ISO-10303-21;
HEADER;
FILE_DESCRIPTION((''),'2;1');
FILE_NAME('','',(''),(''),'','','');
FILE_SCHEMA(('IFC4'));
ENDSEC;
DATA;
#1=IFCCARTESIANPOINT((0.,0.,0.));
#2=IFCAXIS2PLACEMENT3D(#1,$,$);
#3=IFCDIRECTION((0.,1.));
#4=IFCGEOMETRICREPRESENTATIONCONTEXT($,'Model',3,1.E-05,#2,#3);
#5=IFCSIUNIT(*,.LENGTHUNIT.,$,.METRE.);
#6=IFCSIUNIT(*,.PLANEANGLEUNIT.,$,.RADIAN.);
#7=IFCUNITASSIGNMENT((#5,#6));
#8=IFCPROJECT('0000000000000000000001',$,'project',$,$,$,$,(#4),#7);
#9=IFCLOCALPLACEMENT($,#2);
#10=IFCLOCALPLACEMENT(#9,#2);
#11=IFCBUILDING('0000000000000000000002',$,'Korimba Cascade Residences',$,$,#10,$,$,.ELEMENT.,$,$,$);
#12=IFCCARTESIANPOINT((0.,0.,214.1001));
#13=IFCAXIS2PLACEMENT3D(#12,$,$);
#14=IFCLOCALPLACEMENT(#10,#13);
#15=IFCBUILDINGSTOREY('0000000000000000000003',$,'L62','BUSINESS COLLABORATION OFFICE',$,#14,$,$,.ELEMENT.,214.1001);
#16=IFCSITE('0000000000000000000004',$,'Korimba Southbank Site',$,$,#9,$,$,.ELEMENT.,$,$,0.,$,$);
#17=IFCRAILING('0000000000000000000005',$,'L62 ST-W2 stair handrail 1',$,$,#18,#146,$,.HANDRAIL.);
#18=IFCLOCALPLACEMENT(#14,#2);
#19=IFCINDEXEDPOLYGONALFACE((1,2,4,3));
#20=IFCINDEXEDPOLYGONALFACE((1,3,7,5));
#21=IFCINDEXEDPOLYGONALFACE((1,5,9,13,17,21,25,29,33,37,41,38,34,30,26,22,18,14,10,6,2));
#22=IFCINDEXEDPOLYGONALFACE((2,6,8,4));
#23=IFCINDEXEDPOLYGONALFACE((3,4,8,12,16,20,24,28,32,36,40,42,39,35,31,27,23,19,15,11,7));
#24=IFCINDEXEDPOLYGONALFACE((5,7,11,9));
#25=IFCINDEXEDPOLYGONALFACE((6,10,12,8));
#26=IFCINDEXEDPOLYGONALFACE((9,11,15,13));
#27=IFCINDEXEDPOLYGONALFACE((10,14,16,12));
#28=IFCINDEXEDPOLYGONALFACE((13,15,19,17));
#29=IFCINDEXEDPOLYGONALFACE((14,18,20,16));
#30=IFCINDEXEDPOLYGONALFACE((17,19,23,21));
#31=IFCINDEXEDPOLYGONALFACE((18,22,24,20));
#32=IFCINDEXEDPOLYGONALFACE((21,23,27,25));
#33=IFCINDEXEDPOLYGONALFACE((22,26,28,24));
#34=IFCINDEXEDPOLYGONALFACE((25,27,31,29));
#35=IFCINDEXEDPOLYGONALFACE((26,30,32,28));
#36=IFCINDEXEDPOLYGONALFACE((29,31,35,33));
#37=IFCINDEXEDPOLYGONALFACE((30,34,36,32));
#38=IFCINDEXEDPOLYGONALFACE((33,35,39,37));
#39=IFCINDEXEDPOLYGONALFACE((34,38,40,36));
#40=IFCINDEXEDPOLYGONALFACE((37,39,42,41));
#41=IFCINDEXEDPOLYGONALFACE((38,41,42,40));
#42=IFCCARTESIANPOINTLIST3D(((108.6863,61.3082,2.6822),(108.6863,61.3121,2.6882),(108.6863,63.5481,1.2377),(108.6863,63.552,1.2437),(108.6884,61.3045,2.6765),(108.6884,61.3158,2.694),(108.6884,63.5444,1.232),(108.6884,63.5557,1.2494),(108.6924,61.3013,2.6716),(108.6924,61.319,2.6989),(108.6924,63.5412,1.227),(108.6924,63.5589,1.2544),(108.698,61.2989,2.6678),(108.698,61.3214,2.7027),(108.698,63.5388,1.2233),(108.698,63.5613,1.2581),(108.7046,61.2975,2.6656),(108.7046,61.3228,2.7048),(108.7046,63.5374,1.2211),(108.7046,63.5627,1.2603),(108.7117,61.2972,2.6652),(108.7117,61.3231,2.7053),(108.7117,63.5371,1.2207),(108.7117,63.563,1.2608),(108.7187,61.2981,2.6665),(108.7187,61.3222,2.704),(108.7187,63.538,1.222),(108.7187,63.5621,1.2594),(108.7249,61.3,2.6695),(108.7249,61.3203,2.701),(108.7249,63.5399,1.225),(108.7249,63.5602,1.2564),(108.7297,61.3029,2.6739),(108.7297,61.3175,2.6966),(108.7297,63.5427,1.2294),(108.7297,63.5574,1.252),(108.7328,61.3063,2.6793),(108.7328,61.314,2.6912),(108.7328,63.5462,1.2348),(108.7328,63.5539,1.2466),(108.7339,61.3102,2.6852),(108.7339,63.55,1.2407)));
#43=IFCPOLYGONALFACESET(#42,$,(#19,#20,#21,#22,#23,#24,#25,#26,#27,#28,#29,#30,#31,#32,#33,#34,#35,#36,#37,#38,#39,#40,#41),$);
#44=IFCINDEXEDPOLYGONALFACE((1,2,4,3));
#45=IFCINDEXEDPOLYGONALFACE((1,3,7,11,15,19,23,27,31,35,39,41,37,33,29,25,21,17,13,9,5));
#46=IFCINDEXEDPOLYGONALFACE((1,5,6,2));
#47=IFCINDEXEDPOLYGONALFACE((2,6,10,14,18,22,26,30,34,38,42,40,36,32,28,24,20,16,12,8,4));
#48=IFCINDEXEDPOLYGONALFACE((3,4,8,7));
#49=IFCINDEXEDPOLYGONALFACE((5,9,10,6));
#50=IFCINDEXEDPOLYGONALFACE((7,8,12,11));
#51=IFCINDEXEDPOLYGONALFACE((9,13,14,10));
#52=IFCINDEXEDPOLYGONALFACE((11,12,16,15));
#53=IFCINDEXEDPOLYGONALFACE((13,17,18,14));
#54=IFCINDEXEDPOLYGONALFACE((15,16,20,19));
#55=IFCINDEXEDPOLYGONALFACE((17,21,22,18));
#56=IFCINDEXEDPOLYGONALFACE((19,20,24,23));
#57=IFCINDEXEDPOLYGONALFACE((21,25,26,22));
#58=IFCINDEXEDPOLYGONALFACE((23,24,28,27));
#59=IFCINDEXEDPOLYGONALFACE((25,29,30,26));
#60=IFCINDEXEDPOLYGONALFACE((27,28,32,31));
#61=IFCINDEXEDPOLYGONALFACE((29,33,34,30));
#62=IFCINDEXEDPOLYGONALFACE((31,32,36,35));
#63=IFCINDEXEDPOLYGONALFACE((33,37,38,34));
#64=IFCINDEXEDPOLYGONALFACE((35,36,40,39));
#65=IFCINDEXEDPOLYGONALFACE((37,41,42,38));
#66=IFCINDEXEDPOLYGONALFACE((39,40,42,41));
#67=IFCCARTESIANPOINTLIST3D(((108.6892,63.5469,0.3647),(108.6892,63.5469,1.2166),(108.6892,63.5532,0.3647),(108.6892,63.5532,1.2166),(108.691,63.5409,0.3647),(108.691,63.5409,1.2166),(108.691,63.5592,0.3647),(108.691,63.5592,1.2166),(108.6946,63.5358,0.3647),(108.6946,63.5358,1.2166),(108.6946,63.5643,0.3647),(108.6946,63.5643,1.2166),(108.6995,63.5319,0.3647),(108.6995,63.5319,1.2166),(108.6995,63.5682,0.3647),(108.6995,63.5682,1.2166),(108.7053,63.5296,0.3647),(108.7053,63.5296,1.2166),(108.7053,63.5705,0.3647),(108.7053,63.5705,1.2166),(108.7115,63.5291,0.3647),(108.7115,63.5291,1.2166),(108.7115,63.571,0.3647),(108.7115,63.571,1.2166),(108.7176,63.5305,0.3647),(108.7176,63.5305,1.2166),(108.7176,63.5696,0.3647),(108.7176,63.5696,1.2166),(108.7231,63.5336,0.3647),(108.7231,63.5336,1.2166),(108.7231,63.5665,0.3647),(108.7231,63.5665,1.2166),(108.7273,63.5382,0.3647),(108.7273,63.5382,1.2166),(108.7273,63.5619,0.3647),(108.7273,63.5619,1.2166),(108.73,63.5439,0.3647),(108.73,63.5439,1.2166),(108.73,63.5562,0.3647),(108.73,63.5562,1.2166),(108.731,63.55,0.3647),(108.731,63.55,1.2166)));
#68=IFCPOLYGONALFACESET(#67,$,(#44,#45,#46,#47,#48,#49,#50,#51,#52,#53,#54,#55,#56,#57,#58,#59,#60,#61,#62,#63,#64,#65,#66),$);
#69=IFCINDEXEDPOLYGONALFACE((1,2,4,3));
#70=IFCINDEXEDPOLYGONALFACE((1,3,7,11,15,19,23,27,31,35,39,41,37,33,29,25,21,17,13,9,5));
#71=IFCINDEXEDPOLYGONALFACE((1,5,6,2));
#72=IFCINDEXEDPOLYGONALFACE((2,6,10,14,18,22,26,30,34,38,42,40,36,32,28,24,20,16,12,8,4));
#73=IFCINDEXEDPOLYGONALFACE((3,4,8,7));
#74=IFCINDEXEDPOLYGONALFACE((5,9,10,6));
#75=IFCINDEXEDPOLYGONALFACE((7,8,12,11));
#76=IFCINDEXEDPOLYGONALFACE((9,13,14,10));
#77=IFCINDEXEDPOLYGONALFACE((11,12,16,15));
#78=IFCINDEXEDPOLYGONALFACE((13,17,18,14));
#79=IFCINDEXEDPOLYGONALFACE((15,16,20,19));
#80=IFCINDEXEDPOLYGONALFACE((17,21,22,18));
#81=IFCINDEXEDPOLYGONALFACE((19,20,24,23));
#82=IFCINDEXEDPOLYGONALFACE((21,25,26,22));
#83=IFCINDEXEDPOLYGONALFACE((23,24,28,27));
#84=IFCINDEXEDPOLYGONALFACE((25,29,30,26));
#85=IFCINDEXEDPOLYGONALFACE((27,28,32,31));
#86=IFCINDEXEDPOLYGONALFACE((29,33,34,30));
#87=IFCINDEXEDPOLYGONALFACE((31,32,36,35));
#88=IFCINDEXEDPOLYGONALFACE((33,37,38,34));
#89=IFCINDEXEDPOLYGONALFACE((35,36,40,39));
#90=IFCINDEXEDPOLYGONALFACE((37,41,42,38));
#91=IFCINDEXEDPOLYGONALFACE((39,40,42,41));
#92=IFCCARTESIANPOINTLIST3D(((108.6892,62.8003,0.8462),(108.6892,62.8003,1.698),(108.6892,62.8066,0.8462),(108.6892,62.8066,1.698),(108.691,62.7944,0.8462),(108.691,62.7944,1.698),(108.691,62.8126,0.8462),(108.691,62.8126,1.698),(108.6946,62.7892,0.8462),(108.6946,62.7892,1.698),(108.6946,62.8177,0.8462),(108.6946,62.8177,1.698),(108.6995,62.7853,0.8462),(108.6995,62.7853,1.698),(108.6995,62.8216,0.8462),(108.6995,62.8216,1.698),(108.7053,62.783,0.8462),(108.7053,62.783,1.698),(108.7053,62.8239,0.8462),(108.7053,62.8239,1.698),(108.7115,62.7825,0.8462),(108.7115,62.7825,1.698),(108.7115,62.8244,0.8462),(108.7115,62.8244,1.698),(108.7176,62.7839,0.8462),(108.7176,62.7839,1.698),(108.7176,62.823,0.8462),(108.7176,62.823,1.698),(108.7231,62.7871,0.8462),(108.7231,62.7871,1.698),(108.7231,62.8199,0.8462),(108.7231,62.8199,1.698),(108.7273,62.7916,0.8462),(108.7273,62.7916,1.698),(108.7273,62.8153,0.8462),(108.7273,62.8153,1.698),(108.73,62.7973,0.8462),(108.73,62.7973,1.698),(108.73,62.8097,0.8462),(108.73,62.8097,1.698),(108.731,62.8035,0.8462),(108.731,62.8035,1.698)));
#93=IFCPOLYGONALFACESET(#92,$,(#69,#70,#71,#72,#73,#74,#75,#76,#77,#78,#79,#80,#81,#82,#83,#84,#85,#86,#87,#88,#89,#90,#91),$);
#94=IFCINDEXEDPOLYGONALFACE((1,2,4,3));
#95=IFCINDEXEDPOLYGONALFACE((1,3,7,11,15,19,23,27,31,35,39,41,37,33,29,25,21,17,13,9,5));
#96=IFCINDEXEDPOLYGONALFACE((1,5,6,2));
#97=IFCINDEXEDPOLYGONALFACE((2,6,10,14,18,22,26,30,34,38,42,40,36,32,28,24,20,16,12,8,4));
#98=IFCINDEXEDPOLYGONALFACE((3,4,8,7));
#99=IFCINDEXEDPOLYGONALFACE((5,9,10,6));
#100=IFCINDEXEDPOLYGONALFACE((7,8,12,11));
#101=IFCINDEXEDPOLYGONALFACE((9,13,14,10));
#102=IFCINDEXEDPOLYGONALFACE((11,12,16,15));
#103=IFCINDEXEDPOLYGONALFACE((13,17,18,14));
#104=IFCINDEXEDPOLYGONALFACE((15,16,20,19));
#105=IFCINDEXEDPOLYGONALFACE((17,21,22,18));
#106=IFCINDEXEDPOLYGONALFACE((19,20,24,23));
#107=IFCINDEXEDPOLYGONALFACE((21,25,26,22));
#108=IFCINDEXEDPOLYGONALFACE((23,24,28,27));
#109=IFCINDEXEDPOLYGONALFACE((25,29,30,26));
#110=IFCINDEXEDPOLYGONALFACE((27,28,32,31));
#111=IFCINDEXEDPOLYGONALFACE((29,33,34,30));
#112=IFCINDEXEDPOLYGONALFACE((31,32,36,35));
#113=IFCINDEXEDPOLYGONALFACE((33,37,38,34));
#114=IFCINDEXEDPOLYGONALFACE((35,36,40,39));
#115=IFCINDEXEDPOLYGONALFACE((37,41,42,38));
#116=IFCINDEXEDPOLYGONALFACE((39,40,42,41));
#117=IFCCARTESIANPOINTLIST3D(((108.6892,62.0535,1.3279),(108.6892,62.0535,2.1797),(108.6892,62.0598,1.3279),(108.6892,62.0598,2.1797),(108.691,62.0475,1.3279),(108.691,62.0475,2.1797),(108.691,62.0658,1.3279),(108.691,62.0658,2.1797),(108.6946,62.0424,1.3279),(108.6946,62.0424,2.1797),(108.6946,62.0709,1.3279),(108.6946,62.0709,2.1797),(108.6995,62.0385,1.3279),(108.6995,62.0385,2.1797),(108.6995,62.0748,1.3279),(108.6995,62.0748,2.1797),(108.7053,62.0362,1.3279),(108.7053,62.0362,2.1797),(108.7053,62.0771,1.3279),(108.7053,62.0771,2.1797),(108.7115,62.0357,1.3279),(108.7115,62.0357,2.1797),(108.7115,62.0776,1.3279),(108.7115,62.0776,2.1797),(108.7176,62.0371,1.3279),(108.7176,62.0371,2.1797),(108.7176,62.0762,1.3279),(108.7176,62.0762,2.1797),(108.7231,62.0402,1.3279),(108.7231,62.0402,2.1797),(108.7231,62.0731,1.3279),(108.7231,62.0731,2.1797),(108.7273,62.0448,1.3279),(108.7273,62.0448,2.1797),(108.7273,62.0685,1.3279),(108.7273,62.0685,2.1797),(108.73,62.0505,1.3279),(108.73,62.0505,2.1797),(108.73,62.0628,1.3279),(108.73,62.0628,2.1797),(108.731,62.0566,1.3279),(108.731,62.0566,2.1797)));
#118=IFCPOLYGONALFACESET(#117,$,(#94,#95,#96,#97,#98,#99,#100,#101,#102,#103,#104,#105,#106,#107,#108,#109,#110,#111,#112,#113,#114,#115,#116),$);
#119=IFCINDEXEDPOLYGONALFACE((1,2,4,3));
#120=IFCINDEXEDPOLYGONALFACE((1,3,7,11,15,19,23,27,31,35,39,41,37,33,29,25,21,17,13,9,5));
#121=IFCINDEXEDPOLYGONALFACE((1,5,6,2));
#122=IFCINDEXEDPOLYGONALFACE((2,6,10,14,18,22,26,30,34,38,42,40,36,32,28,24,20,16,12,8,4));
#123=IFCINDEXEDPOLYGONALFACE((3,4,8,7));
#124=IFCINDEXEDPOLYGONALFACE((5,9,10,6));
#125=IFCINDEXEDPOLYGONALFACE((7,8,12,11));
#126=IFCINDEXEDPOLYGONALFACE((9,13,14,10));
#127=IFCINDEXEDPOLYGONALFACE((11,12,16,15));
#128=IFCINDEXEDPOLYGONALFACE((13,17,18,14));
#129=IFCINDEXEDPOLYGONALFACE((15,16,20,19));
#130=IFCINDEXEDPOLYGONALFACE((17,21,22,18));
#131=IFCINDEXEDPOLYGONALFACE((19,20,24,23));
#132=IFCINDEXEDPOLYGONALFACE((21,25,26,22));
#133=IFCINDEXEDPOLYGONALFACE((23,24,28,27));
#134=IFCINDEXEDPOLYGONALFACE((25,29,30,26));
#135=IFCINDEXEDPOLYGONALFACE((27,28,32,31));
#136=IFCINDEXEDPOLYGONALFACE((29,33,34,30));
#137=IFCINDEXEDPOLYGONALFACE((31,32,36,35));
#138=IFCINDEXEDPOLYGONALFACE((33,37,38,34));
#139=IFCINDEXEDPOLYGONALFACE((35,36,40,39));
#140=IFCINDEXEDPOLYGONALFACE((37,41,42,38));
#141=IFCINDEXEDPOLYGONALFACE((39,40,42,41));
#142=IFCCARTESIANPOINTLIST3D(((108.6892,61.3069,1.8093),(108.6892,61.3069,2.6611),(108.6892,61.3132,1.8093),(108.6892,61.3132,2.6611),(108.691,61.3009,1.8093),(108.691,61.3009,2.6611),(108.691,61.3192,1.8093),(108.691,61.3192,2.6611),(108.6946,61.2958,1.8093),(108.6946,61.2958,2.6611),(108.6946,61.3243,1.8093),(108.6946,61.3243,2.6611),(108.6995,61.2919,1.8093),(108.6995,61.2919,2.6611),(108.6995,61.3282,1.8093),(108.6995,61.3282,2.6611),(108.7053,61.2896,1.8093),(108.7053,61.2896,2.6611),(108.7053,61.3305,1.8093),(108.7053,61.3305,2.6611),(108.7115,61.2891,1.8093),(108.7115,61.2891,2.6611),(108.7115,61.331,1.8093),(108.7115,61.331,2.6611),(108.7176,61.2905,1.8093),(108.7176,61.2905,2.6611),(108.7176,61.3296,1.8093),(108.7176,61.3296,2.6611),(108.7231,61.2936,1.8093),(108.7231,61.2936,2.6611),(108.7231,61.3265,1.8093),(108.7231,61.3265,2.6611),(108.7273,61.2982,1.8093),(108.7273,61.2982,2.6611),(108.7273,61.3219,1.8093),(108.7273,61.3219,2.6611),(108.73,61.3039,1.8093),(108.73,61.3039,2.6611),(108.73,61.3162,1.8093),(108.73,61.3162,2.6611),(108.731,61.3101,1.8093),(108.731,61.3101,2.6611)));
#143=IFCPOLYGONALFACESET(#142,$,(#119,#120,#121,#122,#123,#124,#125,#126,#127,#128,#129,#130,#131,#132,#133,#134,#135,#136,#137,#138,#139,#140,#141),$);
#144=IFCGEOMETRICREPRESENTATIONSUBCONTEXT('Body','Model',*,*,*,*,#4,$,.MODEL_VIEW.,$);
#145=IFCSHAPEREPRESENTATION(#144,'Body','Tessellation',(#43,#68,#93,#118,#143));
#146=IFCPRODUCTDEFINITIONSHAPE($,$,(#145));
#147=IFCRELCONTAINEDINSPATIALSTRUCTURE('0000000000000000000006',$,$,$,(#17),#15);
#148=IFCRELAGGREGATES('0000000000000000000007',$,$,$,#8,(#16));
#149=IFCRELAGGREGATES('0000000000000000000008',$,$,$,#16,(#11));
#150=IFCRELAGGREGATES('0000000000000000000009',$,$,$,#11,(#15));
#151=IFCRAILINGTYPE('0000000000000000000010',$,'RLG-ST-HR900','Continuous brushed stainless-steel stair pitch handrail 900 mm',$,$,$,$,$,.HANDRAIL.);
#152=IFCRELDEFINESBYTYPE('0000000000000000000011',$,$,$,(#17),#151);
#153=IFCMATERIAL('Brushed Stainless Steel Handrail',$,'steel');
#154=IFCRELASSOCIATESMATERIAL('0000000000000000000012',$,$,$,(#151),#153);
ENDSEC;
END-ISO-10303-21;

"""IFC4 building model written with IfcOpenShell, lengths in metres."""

from ifc_helpers import new_model, si_unit, direction, frame, origin, origin_2d, place, context, subcontext, project, spatial, circle, extrude, material, type_object, element, save


model = new_model("IFC4")

# Units and contexts
model_context = context("Model", 3, precision=1e-05, world=origin(), true_north=direction((0.0, 1.0)))
body_context = subcontext(model_context, "Body", "Model", "MODEL_VIEW")
ifc_project = project(units=[si_unit("LENGTHUNIT", "METRE"), si_unit("PLANEANGLEUNIT", "RADIAN")], contexts=[model_context])

# Site, building, storey
site_placement = place(None, origin())
site = spatial("IfcSite", under=ifc_project, at=site_placement, Name="Korimba Southbank Site", CompositionType="ELEMENT", RefElevation=0.0)
building_placement = place(site_placement, origin())
building = spatial("IfcBuilding", under=site, at=building_placement, Name="Korimba Cascade Residences", CompositionType="ELEMENT")
storey_placement = place(building_placement, frame((0.0, 0.0, 214.1001)))
storey = spatial("IfcBuildingStorey", under=building, at=storey_placement, Name="L62", Description="BUSINESS COLLABORATION OFFICE", CompositionType="ELEMENT", Elevation=214.1001)

# Railing
ifc_material_1 = material(Name="Brushed Stainless Steel Handrail", Category="steel")
railing_type_1 = type_object("IfcRailingType", Name="RLG-ST-HR900", Description="Continuous brushed stainless-steel stair pitch handrail 900 mm", PredefinedType="HANDRAIL", material=ifc_material_1)
railing_1_placement = place(storey_placement, frame((108.71, 63.55, 0.3647)))
element("IfcRailing", 1, at=railing_1_placement, inside=storey, type_object=railing_type_1, Name="L62 ST-W2 stair handrail 1", PredefinedType="HANDRAIL", context=body_context, shape_type="SweptSolid", body=[
    extrude(circle(Radius=0.0239, at=origin_2d()), frame((0.0, 0.0, 0.876), z_axis=(0.0, -0.840395, 0.541975), x_axis=(1.0, 0.0, 0.0)), (0.0, 0.0, 1.0), 2.6653),
    extrude(circle(Radius=0.021, at=origin_2d()), origin(), (0.0, 0.0, 1.0), 0.8518),
    extrude(circle(Radius=0.021, at=origin_2d()), frame((0.0, -0.7466, 0.4814)), (0.0, 0.0, 1.0), 0.8518),
    extrude(circle(Radius=0.021, at=origin_2d()), frame((0.0, -1.4934, 0.9631)), (0.0, 0.0, 1.0), 0.8518),
    extrude(circle(Radius=0.021, at=origin_2d()), frame((0.0, -2.24, 1.4446)), (0.0, 0.0, 1.0), 0.8518),
])

save(model, "model.ifc")
